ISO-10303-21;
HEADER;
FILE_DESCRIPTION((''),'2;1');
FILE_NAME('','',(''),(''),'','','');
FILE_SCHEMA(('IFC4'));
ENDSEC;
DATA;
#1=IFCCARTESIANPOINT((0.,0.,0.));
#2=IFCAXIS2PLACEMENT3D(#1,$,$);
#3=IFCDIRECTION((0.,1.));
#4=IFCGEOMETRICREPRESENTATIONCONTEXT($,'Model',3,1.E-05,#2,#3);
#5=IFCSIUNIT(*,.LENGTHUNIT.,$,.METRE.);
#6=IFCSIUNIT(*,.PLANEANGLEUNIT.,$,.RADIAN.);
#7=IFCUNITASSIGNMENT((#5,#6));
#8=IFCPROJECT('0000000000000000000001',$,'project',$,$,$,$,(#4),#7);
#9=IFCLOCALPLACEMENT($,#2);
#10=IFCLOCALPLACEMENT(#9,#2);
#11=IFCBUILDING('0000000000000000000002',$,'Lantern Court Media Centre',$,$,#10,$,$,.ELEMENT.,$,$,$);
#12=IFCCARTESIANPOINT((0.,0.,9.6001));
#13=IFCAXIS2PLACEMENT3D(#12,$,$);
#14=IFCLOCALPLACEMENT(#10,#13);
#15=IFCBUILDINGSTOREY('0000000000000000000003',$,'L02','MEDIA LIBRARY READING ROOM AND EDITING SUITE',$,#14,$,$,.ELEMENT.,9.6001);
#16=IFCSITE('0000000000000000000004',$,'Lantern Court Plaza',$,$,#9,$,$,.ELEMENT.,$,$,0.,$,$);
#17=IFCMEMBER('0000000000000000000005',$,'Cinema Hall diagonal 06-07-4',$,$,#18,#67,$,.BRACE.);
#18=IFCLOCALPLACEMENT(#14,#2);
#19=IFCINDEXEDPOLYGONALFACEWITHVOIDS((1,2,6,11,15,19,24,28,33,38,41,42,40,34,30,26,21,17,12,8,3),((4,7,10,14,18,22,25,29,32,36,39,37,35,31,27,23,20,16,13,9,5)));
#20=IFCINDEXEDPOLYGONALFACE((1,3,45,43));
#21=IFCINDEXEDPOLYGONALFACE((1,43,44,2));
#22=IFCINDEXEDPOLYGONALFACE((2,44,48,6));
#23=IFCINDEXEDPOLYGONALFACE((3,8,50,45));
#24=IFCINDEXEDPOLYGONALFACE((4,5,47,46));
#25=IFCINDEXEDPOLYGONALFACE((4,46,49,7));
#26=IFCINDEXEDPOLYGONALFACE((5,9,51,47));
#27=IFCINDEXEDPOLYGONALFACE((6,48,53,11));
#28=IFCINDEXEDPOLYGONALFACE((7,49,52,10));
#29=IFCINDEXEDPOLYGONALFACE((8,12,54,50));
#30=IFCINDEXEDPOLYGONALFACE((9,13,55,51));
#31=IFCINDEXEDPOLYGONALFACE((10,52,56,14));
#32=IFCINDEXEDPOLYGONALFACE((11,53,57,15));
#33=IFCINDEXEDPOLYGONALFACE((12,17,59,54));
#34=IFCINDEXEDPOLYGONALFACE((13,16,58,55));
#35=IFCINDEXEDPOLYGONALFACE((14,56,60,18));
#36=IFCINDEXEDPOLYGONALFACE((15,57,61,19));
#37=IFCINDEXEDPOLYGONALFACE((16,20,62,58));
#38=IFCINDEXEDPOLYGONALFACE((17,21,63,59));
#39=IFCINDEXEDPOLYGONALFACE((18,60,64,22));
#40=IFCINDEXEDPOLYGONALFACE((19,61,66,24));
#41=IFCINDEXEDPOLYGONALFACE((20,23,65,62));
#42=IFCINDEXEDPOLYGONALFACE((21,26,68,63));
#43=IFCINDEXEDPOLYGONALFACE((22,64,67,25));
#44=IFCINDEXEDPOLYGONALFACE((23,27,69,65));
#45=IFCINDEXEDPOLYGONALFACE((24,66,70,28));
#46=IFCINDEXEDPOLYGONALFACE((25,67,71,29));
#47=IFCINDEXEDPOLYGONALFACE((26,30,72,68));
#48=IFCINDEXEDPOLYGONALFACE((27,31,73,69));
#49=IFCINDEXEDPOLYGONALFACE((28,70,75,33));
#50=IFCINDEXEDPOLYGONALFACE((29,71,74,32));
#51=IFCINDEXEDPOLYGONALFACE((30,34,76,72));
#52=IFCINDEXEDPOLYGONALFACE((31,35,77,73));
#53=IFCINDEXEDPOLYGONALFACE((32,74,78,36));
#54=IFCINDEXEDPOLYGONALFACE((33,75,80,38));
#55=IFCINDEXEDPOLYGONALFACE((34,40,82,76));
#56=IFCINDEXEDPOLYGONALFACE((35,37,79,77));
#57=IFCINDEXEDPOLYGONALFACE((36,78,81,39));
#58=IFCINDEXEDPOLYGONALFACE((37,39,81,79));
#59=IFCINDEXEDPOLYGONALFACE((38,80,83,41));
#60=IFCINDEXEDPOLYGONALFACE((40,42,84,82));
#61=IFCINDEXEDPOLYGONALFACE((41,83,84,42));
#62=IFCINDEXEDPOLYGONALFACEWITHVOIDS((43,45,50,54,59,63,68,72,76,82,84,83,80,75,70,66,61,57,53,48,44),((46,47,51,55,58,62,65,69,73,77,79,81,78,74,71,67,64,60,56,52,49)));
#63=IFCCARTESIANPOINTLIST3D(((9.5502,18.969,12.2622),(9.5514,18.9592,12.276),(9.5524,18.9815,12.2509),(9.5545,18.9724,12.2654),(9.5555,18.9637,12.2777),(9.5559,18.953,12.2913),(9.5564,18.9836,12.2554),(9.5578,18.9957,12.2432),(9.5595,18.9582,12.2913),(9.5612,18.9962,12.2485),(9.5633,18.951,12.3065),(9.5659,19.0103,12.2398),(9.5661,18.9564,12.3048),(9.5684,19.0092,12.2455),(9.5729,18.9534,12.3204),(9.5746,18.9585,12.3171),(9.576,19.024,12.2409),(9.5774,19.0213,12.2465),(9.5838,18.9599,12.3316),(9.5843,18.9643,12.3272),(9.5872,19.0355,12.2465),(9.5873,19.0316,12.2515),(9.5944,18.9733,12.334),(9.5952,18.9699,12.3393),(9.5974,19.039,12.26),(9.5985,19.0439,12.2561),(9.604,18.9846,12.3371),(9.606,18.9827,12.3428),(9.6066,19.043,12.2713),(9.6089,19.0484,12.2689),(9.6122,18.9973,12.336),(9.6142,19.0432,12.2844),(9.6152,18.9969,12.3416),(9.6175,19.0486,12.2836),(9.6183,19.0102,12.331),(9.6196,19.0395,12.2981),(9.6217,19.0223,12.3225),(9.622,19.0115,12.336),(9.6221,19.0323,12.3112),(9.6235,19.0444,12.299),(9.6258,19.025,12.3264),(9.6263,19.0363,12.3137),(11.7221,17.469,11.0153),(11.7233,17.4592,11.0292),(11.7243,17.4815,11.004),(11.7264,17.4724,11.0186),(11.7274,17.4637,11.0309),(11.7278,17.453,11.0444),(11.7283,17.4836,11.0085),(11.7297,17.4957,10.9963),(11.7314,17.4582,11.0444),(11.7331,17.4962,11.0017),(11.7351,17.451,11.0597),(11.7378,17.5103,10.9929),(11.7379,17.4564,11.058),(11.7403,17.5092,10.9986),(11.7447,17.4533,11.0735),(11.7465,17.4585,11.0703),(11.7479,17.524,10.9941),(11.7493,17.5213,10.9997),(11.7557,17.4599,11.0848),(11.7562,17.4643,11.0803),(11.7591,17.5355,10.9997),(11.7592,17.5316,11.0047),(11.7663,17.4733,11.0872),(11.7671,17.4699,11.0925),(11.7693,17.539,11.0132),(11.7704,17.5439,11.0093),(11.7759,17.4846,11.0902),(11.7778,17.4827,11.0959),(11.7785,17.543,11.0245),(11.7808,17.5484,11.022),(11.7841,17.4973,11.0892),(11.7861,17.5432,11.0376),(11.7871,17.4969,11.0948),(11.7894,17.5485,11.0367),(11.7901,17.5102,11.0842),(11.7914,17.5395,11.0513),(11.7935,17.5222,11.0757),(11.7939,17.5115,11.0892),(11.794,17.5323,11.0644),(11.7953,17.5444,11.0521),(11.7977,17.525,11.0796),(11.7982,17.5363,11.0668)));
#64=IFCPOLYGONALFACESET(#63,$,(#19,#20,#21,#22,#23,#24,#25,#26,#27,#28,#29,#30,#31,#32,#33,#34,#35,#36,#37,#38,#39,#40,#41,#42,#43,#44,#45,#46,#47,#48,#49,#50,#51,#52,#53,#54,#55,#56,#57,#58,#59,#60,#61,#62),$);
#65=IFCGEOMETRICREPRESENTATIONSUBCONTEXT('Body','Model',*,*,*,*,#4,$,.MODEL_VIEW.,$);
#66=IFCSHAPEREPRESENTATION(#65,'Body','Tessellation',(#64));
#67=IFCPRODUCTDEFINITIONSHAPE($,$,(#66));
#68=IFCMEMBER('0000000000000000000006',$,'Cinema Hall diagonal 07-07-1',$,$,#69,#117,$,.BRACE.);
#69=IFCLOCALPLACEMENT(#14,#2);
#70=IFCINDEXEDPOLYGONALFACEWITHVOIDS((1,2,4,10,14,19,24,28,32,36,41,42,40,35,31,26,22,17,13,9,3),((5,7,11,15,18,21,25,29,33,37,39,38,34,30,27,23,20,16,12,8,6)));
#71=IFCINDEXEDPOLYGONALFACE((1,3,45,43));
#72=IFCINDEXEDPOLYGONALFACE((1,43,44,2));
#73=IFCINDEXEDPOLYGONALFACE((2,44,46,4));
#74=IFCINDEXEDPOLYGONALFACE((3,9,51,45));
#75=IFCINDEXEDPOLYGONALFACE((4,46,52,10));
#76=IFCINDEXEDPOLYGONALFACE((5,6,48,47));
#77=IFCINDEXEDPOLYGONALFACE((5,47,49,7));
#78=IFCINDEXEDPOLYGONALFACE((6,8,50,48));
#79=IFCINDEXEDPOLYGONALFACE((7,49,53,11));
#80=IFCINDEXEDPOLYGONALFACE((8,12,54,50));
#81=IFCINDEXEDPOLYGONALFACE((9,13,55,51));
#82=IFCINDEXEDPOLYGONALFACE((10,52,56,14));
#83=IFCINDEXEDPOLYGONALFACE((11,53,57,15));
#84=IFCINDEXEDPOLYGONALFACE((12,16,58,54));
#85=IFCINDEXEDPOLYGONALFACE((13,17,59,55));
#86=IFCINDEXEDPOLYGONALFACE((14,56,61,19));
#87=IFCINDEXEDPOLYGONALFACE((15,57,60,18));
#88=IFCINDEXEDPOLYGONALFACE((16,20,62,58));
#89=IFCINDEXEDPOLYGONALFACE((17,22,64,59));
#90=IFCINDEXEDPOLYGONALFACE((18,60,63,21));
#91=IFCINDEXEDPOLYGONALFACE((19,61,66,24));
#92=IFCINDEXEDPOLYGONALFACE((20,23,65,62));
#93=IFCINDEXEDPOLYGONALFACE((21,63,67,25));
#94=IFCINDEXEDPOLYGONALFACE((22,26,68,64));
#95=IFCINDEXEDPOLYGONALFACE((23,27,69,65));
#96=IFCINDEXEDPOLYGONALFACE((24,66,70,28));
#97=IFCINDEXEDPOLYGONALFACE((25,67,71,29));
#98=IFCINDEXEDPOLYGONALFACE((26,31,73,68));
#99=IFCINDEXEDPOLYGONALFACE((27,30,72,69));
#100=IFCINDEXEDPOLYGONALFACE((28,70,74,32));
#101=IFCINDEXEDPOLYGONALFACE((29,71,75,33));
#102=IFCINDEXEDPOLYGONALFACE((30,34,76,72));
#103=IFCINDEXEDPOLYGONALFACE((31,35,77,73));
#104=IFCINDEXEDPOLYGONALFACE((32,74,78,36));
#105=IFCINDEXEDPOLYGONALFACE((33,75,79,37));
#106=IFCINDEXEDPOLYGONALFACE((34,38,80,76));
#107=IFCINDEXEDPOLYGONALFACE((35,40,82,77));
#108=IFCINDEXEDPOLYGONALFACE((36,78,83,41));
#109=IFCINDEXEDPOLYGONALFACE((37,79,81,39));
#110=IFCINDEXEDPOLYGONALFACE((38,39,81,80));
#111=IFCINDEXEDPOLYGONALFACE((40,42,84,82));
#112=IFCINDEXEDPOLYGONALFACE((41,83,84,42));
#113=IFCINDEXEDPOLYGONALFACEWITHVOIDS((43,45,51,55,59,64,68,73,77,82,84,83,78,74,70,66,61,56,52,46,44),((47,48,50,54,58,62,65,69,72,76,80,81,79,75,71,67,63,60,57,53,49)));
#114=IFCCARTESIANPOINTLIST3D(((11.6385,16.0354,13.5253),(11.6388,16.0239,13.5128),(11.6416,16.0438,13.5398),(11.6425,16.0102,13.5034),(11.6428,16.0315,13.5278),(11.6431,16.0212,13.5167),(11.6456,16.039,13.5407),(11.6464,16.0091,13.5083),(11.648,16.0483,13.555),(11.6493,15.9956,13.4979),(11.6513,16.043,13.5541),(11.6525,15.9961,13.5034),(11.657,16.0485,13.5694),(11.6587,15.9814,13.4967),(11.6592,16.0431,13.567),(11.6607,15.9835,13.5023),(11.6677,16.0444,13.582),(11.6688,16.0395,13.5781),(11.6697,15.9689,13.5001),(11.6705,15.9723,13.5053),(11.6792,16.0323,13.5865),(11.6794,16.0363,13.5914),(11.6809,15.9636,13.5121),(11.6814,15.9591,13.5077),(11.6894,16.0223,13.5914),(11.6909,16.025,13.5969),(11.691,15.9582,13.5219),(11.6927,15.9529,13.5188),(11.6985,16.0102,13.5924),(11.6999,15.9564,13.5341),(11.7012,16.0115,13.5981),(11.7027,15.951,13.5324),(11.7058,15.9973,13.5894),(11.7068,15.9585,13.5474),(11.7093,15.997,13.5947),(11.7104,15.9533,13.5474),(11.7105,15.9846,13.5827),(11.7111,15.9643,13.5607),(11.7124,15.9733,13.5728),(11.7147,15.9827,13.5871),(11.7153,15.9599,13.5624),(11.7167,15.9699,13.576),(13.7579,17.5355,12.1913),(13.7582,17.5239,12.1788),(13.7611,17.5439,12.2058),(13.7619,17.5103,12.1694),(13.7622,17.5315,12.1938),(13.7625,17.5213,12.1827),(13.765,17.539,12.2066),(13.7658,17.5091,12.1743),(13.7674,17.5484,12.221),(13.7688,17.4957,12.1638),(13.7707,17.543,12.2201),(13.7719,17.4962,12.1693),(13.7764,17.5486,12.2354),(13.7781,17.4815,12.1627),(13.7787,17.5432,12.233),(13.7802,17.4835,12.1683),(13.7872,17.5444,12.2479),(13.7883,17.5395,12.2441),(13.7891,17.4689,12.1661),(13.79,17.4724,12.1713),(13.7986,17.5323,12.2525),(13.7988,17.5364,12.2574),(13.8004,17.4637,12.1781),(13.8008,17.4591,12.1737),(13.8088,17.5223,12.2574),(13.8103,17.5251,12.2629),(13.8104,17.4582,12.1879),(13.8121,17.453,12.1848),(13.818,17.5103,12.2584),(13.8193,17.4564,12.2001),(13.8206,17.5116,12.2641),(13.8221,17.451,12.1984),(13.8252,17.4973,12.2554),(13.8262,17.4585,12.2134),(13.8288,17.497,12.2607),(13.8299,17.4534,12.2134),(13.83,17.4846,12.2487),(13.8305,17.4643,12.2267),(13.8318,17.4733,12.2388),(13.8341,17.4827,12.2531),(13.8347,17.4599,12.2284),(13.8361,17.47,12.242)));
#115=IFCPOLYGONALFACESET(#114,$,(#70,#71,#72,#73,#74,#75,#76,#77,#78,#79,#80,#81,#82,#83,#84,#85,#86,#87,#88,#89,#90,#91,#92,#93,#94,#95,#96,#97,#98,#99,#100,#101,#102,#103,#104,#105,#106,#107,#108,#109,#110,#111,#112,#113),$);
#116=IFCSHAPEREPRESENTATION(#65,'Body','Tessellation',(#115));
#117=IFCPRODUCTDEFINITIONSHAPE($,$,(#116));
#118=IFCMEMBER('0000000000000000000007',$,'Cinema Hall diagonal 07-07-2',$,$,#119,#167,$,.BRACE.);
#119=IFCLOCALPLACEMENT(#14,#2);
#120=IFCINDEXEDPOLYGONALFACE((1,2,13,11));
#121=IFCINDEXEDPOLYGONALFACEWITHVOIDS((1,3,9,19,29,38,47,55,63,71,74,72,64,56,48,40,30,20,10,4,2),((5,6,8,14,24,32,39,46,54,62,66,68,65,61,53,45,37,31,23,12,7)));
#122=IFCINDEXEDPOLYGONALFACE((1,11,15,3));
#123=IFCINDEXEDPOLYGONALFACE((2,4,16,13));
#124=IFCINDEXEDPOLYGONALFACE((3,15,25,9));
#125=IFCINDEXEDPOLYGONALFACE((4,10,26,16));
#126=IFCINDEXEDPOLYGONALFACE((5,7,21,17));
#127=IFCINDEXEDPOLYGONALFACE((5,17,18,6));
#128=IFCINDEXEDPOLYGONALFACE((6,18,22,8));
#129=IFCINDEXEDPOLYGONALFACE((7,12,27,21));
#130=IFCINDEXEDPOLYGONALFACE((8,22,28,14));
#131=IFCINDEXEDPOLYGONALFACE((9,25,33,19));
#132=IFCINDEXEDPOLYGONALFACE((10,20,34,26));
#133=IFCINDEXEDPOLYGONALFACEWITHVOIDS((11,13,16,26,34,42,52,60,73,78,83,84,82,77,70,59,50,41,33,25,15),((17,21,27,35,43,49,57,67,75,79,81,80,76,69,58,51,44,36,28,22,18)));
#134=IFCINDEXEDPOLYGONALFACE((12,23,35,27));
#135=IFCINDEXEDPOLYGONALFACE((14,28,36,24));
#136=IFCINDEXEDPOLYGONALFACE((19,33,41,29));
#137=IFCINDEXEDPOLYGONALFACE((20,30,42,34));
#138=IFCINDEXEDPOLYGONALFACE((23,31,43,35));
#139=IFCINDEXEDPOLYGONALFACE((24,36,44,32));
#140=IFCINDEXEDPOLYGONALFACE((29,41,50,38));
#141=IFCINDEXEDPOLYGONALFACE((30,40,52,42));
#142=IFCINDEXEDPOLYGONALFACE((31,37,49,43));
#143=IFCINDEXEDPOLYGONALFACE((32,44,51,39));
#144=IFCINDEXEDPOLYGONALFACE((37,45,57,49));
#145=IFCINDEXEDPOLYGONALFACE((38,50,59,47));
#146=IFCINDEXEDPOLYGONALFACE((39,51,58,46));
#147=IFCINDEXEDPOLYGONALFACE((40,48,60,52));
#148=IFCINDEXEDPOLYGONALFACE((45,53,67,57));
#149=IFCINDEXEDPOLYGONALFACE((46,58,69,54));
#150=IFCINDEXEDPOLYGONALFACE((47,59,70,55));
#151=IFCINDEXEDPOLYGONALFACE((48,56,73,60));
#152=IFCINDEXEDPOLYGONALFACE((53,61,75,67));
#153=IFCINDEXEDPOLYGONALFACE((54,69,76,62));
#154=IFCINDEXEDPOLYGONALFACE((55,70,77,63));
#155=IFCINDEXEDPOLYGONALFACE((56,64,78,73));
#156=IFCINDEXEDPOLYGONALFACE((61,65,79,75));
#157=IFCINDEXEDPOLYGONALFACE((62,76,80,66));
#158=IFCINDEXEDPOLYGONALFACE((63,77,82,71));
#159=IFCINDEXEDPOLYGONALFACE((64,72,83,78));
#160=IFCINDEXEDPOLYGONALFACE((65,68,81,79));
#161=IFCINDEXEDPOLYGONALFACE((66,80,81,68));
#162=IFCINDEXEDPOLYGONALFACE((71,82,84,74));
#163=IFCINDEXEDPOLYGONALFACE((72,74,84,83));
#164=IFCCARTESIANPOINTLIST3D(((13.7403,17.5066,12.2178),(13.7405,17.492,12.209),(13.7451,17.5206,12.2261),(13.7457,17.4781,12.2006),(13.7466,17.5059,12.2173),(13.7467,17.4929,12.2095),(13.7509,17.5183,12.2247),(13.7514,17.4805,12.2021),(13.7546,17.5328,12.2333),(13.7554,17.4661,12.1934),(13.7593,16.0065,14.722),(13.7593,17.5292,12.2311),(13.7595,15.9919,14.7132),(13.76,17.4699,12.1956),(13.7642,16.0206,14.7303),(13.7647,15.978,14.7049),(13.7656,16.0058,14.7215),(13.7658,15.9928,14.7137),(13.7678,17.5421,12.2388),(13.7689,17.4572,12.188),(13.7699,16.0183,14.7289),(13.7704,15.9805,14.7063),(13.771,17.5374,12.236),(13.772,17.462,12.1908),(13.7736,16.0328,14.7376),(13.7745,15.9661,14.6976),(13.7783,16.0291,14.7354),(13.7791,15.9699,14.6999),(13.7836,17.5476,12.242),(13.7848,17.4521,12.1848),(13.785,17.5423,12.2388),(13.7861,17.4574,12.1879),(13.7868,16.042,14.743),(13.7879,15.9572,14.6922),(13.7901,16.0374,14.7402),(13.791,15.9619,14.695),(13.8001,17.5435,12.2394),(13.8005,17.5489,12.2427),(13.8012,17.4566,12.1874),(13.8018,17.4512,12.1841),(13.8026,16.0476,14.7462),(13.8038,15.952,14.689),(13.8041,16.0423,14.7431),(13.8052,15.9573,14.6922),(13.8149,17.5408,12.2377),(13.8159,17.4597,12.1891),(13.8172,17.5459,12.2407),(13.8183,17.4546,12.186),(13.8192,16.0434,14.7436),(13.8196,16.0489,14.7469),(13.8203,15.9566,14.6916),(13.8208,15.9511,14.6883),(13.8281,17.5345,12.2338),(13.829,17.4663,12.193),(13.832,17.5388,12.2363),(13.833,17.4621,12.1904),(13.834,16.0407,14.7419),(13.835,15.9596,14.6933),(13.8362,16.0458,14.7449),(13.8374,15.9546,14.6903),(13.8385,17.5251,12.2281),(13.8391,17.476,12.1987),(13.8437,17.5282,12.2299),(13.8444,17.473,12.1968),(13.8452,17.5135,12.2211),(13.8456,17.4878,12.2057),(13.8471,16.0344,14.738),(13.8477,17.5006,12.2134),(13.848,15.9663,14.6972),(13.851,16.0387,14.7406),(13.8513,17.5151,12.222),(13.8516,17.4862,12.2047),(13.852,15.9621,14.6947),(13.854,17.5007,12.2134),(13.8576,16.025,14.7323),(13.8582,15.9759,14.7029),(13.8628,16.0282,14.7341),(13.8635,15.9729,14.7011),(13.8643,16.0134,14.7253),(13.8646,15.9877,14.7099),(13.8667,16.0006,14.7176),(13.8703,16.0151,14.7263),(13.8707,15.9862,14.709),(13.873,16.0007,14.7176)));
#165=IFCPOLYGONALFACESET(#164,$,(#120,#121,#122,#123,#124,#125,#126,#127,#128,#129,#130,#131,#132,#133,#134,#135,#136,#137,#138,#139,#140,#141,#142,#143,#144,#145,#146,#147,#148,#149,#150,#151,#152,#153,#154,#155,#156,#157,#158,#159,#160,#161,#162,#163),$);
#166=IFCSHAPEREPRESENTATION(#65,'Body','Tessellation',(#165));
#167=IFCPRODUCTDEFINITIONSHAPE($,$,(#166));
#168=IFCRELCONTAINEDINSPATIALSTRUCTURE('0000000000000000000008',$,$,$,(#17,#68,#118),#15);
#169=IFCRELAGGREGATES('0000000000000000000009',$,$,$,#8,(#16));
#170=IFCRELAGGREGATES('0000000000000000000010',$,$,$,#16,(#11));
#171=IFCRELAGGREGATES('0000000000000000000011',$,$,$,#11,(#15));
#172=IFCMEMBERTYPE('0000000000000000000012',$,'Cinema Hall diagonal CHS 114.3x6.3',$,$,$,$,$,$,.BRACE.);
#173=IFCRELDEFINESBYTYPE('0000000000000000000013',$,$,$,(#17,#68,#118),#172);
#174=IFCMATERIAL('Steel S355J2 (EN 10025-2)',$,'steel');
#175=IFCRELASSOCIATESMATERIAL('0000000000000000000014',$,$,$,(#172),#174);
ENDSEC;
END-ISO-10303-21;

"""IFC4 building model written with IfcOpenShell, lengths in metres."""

from ifc_helpers import new_model, si_unit, direction, frame, origin, origin_2d, place, context, subcontext, project, spatial, hollow_circle, extrude, material, material_profile, profile_set, type_object, element, save


model = new_model("IFC4")

# Units and contexts
model_context = context("Model", 3, precision=1e-05, world=origin(), true_north=direction((0.0, 1.0)))
body_context = subcontext(model_context, "Body", "Model", "MODEL_VIEW")
ifc_project = project(units=[si_unit("LENGTHUNIT", "METRE"), si_unit("PLANEANGLEUNIT", "RADIAN")], contexts=[model_context])

# Site, building, storey
site_placement = place(None, origin())
site = spatial("IfcSite", under=ifc_project, at=site_placement, Name="Lantern Court Plaza", CompositionType="ELEMENT", RefElevation=0.0)
building_placement = place(site_placement, origin())
building = spatial("IfcBuilding", under=site, at=building_placement, Name="Lantern Court Media Centre", CompositionType="ELEMENT")
storey_placement = place(building_placement, frame((0.0, 0.0, 9.6001)))
storey = spatial("IfcBuildingStorey", under=building, at=storey_placement, Name="L02", Description="MEDIA LIBRARY READING ROOM AND EDITING SUITE", CompositionType="ELEMENT", Elevation=9.6001)

# Members
ifc_material = material(Name="Steel S355J2 (EN 10025-2)", Category="steel")
ifc_material_profile_1 = material_profile(ifc_material, hollow_circle(Radius=0.0571, WallThickness=0.0063, at=origin_2d()), Name="Cinema Hall diagonal CHS 114.3x6.3")
ifc_profile_set_1 = profile_set([ifc_material_profile_1], Name="Steel S355J2 (EN 10025-2)")
member_type_1 = type_object("IfcMemberType", Name="Cinema Hall diagonal CHS 114.3x6.3", PredefinedType="BRACE", material=ifc_profile_set_1)
for number, where, z_axis, x_axis, name in (
    (1, (11.7603, 17.5, 11.0444), (-0.744002, 0.513843, 0.427115), (-0.568286, -0.822831, 0.0), "Cinema Hall diagonal 06-07-4"),
    (2, (13.7969, 17.5, 12.2134), (-0.726034, -0.513852, 0.45698), (0.577702, -0.816248, 0.0), "Cinema Hall diagonal 07-07-1"),
    (3, (13.7969, 17.5, 12.2134), (0.006524, -0.513857, 0.857851), (0.999919, 0.012694, 0.0), "Cinema Hall diagonal 07-07-2"),
):
    element("IfcMember", number, at=place(storey_placement, frame(where, z_axis=z_axis, x_axis=x_axis)), inside=storey, type_object=member_type_1, Name=name, PredefinedType="BRACE", context=body_context, shape_type="SweptSolid", body=[
        extrude(hollow_circle(Radius=0.0571, WallThickness=0.0063, at=origin_2d()), origin(), (0.0, 0.0, 1.0), 2.9192),
    ])

save(model, "model.ifc")
